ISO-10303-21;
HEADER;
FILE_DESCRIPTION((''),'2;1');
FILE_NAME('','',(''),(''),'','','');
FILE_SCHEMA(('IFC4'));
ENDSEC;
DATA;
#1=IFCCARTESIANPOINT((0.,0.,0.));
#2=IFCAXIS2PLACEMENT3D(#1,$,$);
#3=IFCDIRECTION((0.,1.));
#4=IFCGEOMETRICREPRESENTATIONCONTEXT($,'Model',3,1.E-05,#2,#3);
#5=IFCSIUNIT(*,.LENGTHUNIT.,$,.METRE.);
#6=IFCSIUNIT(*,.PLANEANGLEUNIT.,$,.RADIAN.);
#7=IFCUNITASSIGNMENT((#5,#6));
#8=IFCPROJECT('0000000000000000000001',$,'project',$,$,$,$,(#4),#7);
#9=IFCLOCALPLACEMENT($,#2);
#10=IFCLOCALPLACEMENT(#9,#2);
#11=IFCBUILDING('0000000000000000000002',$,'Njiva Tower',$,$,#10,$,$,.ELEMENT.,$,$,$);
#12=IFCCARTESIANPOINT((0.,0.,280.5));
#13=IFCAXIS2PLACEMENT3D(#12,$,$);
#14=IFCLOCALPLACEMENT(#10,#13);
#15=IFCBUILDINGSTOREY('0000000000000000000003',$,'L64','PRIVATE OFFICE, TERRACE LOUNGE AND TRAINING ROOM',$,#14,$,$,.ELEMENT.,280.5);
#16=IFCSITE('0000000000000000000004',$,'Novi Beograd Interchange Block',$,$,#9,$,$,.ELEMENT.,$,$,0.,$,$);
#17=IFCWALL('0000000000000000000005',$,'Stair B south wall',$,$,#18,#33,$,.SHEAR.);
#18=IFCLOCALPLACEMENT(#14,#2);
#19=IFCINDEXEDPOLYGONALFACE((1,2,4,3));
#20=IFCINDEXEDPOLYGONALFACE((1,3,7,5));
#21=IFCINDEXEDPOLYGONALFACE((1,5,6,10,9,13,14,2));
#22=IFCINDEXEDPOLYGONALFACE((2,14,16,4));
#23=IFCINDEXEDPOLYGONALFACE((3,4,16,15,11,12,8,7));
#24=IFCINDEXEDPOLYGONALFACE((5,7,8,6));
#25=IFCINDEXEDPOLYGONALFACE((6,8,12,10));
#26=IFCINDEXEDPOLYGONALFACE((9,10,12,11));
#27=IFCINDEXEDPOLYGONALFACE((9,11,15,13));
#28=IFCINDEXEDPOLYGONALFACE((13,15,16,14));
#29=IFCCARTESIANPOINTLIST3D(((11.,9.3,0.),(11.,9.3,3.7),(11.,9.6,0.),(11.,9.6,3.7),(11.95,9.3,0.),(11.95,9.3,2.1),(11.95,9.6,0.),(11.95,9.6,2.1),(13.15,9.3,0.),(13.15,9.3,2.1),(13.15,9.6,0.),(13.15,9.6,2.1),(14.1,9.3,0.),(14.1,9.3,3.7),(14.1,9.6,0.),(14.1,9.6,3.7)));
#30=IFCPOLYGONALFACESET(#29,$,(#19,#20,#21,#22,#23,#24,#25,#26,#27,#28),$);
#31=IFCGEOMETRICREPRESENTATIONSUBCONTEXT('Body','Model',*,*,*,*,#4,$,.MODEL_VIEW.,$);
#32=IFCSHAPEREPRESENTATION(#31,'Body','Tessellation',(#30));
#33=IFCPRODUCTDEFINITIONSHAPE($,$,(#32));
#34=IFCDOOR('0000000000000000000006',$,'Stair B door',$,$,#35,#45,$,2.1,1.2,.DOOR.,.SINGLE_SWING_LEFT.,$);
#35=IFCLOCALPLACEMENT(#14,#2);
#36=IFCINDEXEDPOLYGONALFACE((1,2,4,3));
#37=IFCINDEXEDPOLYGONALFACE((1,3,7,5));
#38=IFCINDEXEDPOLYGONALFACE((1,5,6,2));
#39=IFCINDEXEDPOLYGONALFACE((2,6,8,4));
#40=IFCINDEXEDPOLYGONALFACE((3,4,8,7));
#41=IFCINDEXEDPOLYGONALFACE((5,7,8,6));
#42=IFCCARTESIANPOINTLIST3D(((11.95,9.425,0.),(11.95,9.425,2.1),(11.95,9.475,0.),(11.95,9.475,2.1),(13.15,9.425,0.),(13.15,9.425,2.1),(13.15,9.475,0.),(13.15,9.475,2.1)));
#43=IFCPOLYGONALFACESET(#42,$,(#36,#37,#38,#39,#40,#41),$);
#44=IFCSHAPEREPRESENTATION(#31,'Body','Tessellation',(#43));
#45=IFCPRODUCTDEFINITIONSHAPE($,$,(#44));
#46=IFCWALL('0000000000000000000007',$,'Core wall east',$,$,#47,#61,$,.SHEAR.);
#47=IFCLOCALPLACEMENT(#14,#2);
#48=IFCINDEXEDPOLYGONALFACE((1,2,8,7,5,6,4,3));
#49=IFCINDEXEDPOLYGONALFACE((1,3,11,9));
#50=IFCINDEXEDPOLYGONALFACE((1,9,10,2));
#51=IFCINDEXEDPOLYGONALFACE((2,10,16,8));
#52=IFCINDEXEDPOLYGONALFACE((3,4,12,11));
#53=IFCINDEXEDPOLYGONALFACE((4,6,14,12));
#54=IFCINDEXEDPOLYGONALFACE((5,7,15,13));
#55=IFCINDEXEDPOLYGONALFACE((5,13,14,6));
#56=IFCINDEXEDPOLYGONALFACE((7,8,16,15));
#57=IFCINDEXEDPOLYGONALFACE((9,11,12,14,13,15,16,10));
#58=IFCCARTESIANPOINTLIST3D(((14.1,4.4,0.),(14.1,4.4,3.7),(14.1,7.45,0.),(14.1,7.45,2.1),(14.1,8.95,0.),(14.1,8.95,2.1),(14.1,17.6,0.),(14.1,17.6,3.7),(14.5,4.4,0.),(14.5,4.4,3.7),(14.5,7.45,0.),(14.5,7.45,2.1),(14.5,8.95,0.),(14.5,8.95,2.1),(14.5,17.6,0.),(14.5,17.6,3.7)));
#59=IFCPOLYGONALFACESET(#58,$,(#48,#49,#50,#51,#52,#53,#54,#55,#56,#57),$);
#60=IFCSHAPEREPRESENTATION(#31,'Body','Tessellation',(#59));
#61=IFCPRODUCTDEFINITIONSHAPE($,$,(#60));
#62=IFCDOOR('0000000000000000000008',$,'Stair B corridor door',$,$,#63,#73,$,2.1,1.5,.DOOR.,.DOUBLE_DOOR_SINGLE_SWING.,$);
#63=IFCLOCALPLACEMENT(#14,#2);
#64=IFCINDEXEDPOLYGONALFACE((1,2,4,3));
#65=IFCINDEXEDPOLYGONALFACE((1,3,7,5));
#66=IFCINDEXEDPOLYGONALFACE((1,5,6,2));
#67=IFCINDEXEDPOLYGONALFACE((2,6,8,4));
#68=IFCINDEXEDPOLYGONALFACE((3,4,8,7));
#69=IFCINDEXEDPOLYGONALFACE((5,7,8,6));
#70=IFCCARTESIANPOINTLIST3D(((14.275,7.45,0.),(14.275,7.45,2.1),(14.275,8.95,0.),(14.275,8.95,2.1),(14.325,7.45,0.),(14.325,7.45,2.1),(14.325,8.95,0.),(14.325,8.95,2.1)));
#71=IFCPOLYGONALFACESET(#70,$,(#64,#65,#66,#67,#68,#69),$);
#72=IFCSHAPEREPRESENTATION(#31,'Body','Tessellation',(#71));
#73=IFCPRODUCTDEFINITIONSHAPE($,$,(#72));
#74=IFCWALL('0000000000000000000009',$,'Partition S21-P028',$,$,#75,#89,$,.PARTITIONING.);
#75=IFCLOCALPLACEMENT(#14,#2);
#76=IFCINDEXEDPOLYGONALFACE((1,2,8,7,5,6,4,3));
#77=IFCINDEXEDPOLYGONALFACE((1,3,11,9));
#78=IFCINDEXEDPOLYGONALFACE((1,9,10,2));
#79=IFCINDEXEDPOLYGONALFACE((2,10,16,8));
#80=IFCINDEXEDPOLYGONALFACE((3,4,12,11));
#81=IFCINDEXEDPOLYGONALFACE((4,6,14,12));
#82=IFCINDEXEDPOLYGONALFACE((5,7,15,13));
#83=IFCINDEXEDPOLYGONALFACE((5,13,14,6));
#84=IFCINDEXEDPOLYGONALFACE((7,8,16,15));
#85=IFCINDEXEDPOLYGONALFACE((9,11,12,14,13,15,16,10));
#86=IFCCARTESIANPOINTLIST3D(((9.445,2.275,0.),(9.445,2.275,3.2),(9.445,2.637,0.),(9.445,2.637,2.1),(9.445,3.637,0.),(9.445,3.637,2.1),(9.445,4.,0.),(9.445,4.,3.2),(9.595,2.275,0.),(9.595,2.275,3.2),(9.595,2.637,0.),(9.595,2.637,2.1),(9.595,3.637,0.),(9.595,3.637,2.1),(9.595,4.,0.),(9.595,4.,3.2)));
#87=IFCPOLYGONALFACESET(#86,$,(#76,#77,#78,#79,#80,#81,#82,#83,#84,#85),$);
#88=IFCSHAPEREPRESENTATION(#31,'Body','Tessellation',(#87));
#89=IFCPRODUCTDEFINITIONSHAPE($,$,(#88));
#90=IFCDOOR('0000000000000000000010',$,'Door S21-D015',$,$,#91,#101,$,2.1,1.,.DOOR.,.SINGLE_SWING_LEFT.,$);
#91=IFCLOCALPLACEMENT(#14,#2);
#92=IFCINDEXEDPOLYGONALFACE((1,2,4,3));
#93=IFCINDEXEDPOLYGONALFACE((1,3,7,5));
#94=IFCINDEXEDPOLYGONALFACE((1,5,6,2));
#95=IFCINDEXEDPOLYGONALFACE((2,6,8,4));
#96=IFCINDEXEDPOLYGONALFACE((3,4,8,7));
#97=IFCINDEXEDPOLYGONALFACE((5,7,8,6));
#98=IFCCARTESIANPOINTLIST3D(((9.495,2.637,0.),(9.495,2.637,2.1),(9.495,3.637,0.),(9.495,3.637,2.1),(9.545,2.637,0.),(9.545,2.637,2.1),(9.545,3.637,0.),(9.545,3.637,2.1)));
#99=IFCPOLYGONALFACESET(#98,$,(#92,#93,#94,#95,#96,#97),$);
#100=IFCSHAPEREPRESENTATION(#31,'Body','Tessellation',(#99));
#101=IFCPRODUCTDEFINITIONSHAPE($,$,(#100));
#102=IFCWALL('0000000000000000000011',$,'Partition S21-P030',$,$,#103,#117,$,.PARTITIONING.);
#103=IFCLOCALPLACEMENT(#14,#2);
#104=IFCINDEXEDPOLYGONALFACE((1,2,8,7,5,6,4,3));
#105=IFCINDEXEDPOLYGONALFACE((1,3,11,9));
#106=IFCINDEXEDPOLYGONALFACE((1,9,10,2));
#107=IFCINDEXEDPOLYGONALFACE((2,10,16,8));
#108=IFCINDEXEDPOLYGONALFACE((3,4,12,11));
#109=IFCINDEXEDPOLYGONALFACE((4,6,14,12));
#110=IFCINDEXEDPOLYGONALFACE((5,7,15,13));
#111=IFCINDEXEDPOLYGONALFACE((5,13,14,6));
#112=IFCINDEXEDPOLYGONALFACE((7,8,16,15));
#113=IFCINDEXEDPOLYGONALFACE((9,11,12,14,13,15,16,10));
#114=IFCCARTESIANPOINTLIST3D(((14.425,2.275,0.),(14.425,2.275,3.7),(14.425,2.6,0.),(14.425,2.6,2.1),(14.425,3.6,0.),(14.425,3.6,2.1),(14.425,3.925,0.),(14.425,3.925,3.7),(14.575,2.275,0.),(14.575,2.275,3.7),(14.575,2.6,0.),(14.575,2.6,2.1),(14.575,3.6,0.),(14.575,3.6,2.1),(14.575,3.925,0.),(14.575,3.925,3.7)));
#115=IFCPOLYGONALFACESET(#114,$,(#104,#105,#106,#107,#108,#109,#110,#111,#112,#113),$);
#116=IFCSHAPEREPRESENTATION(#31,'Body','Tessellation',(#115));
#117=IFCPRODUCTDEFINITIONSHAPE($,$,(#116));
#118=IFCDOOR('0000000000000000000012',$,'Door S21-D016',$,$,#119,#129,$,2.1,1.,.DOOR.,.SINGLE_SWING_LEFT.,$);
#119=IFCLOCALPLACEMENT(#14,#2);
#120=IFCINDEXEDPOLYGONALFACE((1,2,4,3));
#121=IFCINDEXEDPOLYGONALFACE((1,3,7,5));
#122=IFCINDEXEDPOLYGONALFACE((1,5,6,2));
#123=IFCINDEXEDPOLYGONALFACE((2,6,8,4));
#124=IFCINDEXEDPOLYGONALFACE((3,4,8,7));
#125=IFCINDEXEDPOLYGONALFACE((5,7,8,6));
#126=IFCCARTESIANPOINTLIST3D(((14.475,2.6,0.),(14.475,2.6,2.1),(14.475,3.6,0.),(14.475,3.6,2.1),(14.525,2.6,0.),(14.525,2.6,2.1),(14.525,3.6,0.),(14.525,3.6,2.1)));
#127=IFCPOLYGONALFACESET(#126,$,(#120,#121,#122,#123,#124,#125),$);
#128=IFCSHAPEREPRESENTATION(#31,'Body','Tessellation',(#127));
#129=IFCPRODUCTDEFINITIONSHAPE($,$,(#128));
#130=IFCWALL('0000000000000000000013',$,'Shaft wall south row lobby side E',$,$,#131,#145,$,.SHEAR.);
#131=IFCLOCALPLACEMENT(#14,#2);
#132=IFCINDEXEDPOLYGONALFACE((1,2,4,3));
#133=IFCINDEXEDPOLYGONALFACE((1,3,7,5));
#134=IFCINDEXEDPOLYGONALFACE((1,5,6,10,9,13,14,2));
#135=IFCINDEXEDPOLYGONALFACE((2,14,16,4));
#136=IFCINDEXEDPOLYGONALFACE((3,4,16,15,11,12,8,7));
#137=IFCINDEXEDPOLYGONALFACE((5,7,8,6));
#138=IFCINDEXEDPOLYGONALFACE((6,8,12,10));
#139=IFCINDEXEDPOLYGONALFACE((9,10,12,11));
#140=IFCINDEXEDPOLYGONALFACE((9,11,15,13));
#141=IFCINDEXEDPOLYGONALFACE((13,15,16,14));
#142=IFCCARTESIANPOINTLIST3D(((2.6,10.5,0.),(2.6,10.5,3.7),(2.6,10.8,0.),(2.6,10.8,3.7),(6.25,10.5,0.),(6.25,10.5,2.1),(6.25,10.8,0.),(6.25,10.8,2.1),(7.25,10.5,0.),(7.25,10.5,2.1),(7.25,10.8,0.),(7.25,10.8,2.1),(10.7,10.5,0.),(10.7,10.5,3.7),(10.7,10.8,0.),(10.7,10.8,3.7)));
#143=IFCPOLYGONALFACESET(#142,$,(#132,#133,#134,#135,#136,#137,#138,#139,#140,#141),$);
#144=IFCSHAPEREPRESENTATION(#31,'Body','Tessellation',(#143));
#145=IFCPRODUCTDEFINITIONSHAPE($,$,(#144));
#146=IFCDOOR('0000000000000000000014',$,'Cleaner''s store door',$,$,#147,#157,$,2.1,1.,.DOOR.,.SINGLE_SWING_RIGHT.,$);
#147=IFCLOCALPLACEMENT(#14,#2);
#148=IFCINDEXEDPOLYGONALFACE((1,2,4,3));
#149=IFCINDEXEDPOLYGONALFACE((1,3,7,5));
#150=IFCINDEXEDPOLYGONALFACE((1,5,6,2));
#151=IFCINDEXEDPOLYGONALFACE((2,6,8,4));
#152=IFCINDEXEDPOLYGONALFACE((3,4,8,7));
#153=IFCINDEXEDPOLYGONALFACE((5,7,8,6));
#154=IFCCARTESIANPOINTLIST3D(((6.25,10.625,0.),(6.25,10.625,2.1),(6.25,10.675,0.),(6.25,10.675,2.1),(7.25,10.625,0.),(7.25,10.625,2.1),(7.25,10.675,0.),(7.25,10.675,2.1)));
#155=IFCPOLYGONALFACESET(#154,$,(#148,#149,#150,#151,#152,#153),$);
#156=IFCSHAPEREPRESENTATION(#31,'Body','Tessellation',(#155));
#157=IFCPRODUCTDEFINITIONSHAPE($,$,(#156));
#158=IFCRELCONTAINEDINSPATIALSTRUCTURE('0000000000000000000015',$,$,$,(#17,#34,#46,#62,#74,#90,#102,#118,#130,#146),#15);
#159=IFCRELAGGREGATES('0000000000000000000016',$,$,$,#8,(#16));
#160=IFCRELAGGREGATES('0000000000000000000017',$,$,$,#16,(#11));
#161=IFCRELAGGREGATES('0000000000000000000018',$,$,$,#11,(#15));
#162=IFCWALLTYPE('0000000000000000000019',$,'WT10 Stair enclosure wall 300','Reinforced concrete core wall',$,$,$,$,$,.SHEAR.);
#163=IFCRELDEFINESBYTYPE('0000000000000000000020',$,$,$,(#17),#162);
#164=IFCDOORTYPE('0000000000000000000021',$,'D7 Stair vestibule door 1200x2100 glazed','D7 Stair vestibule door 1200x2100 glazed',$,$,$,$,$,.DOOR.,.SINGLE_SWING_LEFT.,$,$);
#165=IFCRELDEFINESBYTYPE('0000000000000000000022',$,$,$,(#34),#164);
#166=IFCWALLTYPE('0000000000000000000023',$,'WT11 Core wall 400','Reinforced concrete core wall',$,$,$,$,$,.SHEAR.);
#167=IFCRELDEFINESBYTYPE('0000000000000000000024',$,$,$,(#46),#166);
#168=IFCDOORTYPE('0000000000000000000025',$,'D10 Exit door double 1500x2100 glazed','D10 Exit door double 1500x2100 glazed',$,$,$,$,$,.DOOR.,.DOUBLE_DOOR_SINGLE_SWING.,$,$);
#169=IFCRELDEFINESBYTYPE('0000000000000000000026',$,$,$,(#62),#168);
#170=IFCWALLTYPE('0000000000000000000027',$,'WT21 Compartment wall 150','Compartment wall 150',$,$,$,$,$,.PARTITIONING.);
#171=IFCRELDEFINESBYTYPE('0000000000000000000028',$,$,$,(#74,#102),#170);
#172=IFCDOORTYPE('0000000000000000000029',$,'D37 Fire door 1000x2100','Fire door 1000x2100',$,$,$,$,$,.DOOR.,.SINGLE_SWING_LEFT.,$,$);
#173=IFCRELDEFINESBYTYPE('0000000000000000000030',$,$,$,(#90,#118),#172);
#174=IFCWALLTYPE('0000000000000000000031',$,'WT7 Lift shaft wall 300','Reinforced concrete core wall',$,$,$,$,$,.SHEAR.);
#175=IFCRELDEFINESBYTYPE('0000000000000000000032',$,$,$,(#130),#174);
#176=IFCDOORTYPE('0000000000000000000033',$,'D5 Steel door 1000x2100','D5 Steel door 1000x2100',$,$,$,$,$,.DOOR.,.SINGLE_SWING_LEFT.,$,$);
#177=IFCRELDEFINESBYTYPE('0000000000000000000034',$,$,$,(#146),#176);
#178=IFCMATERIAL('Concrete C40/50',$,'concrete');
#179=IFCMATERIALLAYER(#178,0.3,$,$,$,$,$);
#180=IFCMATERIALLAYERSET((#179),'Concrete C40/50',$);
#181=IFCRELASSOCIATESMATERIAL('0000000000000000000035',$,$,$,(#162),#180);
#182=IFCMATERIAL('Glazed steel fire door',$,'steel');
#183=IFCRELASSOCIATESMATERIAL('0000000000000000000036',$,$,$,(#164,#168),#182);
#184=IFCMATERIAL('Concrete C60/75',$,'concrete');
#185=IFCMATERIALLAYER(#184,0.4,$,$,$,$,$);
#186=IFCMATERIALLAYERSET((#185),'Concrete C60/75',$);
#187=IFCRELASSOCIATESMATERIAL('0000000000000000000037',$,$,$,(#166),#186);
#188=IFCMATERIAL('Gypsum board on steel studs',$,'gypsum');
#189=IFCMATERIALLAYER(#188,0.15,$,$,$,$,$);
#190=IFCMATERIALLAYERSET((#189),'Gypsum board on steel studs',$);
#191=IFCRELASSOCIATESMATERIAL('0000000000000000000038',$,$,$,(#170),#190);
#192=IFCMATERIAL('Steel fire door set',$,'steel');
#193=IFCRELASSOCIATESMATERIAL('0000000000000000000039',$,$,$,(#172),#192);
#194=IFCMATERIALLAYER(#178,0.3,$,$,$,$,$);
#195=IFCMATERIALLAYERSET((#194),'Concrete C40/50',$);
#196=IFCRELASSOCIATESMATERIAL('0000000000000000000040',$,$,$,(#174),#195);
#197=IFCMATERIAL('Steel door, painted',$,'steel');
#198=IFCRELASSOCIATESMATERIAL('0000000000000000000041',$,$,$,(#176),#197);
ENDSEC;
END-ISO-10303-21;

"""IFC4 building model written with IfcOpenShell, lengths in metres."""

from ifc_helpers import new_model, si_unit, direction, frame, frame_2d, origin, place, context, subcontext, project, spatial, rectangle, extrude, material, layer, layer_set, type_object, element, fill, save


model = new_model("IFC4")

# Units and contexts
model_context = context("Model", 3, precision=1e-05, world=origin(), true_north=direction((0.0, 1.0)))
body_context = subcontext(model_context, "Body", "Model", "MODEL_VIEW")
ifc_project = project(units=[si_unit("LENGTHUNIT", "METRE"), si_unit("PLANEANGLEUNIT", "RADIAN")], contexts=[model_context])

# Site, building, storey
site_placement = place(None, origin())
site = spatial("IfcSite", under=ifc_project, at=site_placement, Name="Novi Beograd Interchange Block", CompositionType="ELEMENT", RefElevation=0.0)
building_placement = place(site_placement, origin())
building = spatial("IfcBuilding", under=site, at=building_placement, Name="Njiva Tower", CompositionType="ELEMENT")
storey_placement = place(building_placement, frame((0.0, 0.0, 280.5)))
storey = spatial("IfcBuildingStorey", under=building, at=storey_placement, Name="L64", Description="PRIVATE OFFICE, TERRACE LOUNGE AND TRAINING ROOM", CompositionType="ELEMENT", Elevation=280.5)

# Shared definitions
ifc_material_1 = material(Name="Concrete C40/50", Category="concrete")
ifc_layer_1 = layer(ifc_material_1, 0.3)
ifc_layer_set_1 = layer_set([ifc_layer_1], Name="Concrete C40/50")
wall_type_1 = type_object("IfcWallType", Name="WT10 Stair enclosure wall 300", Description="Reinforced concrete core wall", PredefinedType="SHEAR", material=ifc_layer_set_1)
ifc_material_2 = material(Name="Steel door, painted", Category="steel")
ifc_material_3 = material(Name="Glazed steel fire door", Category="steel")

# Walls, openings, doors
wall_1_placement = place(storey_placement, frame((11.0, 9.45, 0.0), z_axis=(0.0, 0.0, 1.0), x_axis=(1.0, 0.0, 0.0)))
wall_1 = element("IfcWall", 1, at=wall_1_placement, inside=storey, type_object=wall_type_1, Name="Stair B south wall", PredefinedType="SHEAR", context=body_context, shape_type="SweptSolid", body=[
    extrude(rectangle(XDim=3.1, YDim=0.3, at=frame_2d((1.55, 0.0))), origin(), (0.0, 0.0, 1.0), 3.7),
])
opening_1_placement = place(wall_1_placement, frame((0.95, 0.0, 0.0)))
opening_1 = element("IfcOpeningElement", 2, at=opening_1_placement, cuts=wall_1, PredefinedType="OPENING", context=body_context, shape_type="SweptSolid", body=[
    extrude(rectangle(XDim=1.2, YDim=2.1, at=frame_2d((0.6, 1.05))), frame((0.0, 0.16, 0.0), z_axis=(0.0, -1.0, 0.0), x_axis=(1.0, 0.0, 0.0)), (0.0, 0.0, 1.0), 0.32),
])
door_type_1 = type_object("IfcDoorType", Name="D7 Stair vestibule door 1200x2100 glazed", Description="D7 Stair vestibule door 1200x2100 glazed", OperationType="SINGLE_SWING_LEFT", PredefinedType="DOOR", material=ifc_material_3)
door_1_placement = place(opening_1_placement, origin())
door_1 = element("IfcDoor", 3, at=door_1_placement, inside=storey, type_object=door_type_1, Name="Stair B door", OperationType="SINGLE_SWING_LEFT", OverallHeight=2.1, OverallWidth=1.2, PredefinedType="DOOR", context=body_context, shape_type="SweptSolid", body=[
    extrude(rectangle(XDim=1.2, YDim=2.1, at=frame_2d((0.6, 1.05))), frame((0.0, 0.025, 0.0), z_axis=(0.0, -1.0, 0.0), x_axis=(1.0, 0.0, 0.0)), (0.0, 0.0, 1.0), 0.05),
])
fill(opening_1, door_1)
ifc_material_4 = material(Name="Concrete C60/75", Category="concrete")
ifc_layer_2 = layer(ifc_material_4, 0.4)
ifc_layer_set_2 = layer_set([ifc_layer_2], Name="Concrete C60/75")
wall_type_2 = type_object("IfcWallType", Name="WT11 Core wall 400", Description="Reinforced concrete core wall", PredefinedType="SHEAR", material=ifc_layer_set_2)
wall_2_placement = place(storey_placement, frame((14.3, 4.4, 0.0), z_axis=(0.0, 0.0, 1.0), x_axis=(0.0, 1.0, 0.0)))
wall_2 = element("IfcWall", 4, at=wall_2_placement, inside=storey, type_object=wall_type_2, Name="Core wall east", PredefinedType="SHEAR", context=body_context, shape_type="SweptSolid", body=[
    extrude(rectangle(XDim=13.2, YDim=0.4, at=frame_2d((6.6, 0.0))), origin(), (0.0, 0.0, 1.0), 3.7),
])
opening_2_placement = place(wall_2_placement, frame((3.05, 0.0, 0.0)))
opening_2 = element("IfcOpeningElement", 5, at=opening_2_placement, cuts=wall_2, PredefinedType="OPENING", context=body_context, shape_type="SweptSolid", body=[
    extrude(rectangle(XDim=1.5, YDim=2.1, at=frame_2d((0.75, 1.05))), frame((0.0, 0.21, 0.0), z_axis=(0.0, -1.0, 0.0), x_axis=(1.0, 0.0, 0.0)), (0.0, 0.0, 1.0), 0.42),
])
door_type_2 = type_object("IfcDoorType", Name="D10 Exit door double 1500x2100 glazed", Description="D10 Exit door double 1500x2100 glazed", OperationType="DOUBLE_DOOR_SINGLE_SWING", PredefinedType="DOOR", material=ifc_material_3)
door_2_placement = place(opening_2_placement, origin())
door_2 = element("IfcDoor", 6, at=door_2_placement, inside=storey, type_object=door_type_2, Name="Stair B corridor door", OperationType="DOUBLE_DOOR_SINGLE_SWING", OverallHeight=2.1, OverallWidth=1.5, PredefinedType="DOOR", context=body_context, shape_type="SweptSolid", body=[
    extrude(rectangle(XDim=1.5, YDim=2.1, at=frame_2d((0.75, 1.05))), frame((0.0, 0.025, 0.0), z_axis=(0.0, -1.0, 0.0), x_axis=(1.0, 0.0, 0.0)), (0.0, 0.0, 1.0), 0.05),
])
fill(opening_2, door_2)
ifc_material_5 = material(Name="Gypsum board on steel studs", Category="gypsum")
ifc_layer_3 = layer(ifc_material_5, 0.15)
ifc_layer_set_3 = layer_set([ifc_layer_3], Name="Gypsum board on steel studs")
wall_type_3 = type_object("IfcWallType", Name="WT21 Compartment wall 150", Description="Compartment wall 150", PredefinedType="PARTITIONING", material=ifc_layer_set_3)
wall_3_placement = place(storey_placement, frame((9.52, 2.275, 0.0), z_axis=(0.0, 0.0, 1.0), x_axis=(0.0, 1.0, 0.0)))
wall_3 = element("IfcWall", 7, at=wall_3_placement, inside=storey, type_object=wall_type_3, Name="Partition S21-P028", PredefinedType="PARTITIONING", context=body_context, shape_type="SweptSolid", body=[
    extrude(rectangle(XDim=1.725, YDim=0.15, at=frame_2d((0.8625, 0.0))), origin(), (0.0, 0.0, 1.0), 3.2),
])
opening_3_placement = place(wall_3_placement, frame((0.362, 0.0, 0.0)))
opening_3 = element("IfcOpeningElement", 8, at=opening_3_placement, cuts=wall_3, PredefinedType="OPENING", context=body_context, shape_type="SweptSolid", body=[
    extrude(rectangle(XDim=1.0, YDim=2.1, at=frame_2d((0.5, 1.05))), frame((0.0, 0.085, 0.0), z_axis=(0.0, -1.0, 0.0), x_axis=(1.0, 0.0, 0.0)), (0.0, 0.0, 1.0), 0.17),
])
ifc_material_6 = material(Name="Steel fire door set", Category="steel")
door_type_3 = type_object("IfcDoorType", Name="D37 Fire door 1000x2100", Description="Fire door 1000x2100", OperationType="SINGLE_SWING_LEFT", PredefinedType="DOOR", material=ifc_material_6)
door_3_placement = place(opening_3_placement, origin())
door_3 = element("IfcDoor", 9, at=door_3_placement, inside=storey, type_object=door_type_3, Name="Door S21-D015", OperationType="SINGLE_SWING_LEFT", OverallHeight=2.1, OverallWidth=1.0, PredefinedType="DOOR", context=body_context, shape_type="SweptSolid", body=[
    extrude(rectangle(XDim=1.0, YDim=2.1, at=frame_2d((0.5, 1.05))), frame((0.0, 0.025, 0.0), z_axis=(0.0, -1.0, 0.0), x_axis=(1.0, 0.0, 0.0)), (0.0, 0.0, 1.0), 0.05),
])
fill(opening_3, door_3)
wall_4_placement = place(storey_placement, frame((14.5, 2.275, 0.0), z_axis=(0.0, 0.0, 1.0), x_axis=(0.0, 1.0, 0.0)))
wall_4 = element("IfcWall", 10, at=wall_4_placement, inside=storey, type_object=wall_type_3, Name="Partition S21-P030", PredefinedType="PARTITIONING", context=body_context, shape_type="SweptSolid", body=[
    extrude(rectangle(XDim=1.65, YDim=0.15, at=frame_2d((0.825, 0.0))), origin(), (0.0, 0.0, 1.0), 3.7),
])
opening_4_placement = place(wall_4_placement, frame((0.325, 0.0, 0.0)))
opening_4 = element("IfcOpeningElement", 11, at=opening_4_placement, cuts=wall_4, PredefinedType="OPENING", context=body_context, shape_type="SweptSolid", body=[
    extrude(rectangle(XDim=1.0, YDim=2.1, at=frame_2d((0.5, 1.05))), frame((0.0, 0.085, 0.0), z_axis=(0.0, -1.0, 0.0), x_axis=(1.0, 0.0, 0.0)), (0.0, 0.0, 1.0), 0.17),
])
door_4_placement = place(opening_4_placement, origin())
door_4 = element("IfcDoor", 12, at=door_4_placement, inside=storey, type_object=door_type_3, Name="Door S21-D016", OperationType="SINGLE_SWING_LEFT", OverallHeight=2.1, OverallWidth=1.0, PredefinedType="DOOR", context=body_context, shape_type="SweptSolid", body=[
    extrude(rectangle(XDim=1.0, YDim=2.1, at=frame_2d((0.5, 1.05))), frame((0.0, 0.025, 0.0), z_axis=(0.0, -1.0, 0.0), x_axis=(1.0, 0.0, 0.0)), (0.0, 0.0, 1.0), 0.05),
])
fill(opening_4, door_4)
ifc_layer_4 = layer(ifc_material_1, 0.3)
ifc_layer_set_4 = layer_set([ifc_layer_4], Name="Concrete C40/50")
wall_type_4 = type_object("IfcWallType", Name="WT7 Lift shaft wall 300", Description="Reinforced concrete core wall", PredefinedType="SHEAR", material=ifc_layer_set_4)
wall_5_placement = place(storey_placement, frame((2.6, 10.65, 0.0), z_axis=(0.0, 0.0, 1.0), x_axis=(1.0, 0.0, 0.0)))
wall_5 = element("IfcWall", 13, at=wall_5_placement, inside=storey, type_object=wall_type_4, Name="Shaft wall south row lobby side E", PredefinedType="SHEAR", context=body_context, shape_type="SweptSolid", body=[
    extrude(rectangle(XDim=8.1, YDim=0.3, at=frame_2d((4.05, 0.0))), origin(), (0.0, 0.0, 1.0), 3.7),
])
opening_5_placement = place(wall_5_placement, frame((3.65, 0.0, 0.0)))
opening_5 = element("IfcOpeningElement", 14, at=opening_5_placement, cuts=wall_5, PredefinedType="OPENING", context=body_context, shape_type="SweptSolid", body=[
    extrude(rectangle(XDim=1.0, YDim=2.1, at=frame_2d((0.5, 1.05))), frame((0.0, 0.16, 0.0), z_axis=(0.0, -1.0, 0.0), x_axis=(1.0, 0.0, 0.0)), (0.0, 0.0, 1.0), 0.32),
])
door_type_4 = type_object("IfcDoorType", Name="D5 Steel door 1000x2100", Description="D5 Steel door 1000x2100", OperationType="SINGLE_SWING_LEFT", PredefinedType="DOOR", material=ifc_material_2)
door_5_placement = place(opening_5_placement, origin())
door_5 = element("IfcDoor", 15, at=door_5_placement, inside=storey, type_object=door_type_4, Name="Cleaner's store door", OperationType="SINGLE_SWING_RIGHT", OverallHeight=2.1, OverallWidth=1.0, PredefinedType="DOOR", context=body_context, shape_type="SweptSolid", body=[
    extrude(rectangle(XDim=1.0, YDim=2.1, at=frame_2d((0.5, 1.05))), frame((0.0, 0.025, 0.0), z_axis=(0.0, -1.0, 0.0), x_axis=(1.0, 0.0, 0.0)), (0.0, 0.0, 1.0), 0.05),
])
fill(opening_5, door_5)

save(model, "model.ifc")
